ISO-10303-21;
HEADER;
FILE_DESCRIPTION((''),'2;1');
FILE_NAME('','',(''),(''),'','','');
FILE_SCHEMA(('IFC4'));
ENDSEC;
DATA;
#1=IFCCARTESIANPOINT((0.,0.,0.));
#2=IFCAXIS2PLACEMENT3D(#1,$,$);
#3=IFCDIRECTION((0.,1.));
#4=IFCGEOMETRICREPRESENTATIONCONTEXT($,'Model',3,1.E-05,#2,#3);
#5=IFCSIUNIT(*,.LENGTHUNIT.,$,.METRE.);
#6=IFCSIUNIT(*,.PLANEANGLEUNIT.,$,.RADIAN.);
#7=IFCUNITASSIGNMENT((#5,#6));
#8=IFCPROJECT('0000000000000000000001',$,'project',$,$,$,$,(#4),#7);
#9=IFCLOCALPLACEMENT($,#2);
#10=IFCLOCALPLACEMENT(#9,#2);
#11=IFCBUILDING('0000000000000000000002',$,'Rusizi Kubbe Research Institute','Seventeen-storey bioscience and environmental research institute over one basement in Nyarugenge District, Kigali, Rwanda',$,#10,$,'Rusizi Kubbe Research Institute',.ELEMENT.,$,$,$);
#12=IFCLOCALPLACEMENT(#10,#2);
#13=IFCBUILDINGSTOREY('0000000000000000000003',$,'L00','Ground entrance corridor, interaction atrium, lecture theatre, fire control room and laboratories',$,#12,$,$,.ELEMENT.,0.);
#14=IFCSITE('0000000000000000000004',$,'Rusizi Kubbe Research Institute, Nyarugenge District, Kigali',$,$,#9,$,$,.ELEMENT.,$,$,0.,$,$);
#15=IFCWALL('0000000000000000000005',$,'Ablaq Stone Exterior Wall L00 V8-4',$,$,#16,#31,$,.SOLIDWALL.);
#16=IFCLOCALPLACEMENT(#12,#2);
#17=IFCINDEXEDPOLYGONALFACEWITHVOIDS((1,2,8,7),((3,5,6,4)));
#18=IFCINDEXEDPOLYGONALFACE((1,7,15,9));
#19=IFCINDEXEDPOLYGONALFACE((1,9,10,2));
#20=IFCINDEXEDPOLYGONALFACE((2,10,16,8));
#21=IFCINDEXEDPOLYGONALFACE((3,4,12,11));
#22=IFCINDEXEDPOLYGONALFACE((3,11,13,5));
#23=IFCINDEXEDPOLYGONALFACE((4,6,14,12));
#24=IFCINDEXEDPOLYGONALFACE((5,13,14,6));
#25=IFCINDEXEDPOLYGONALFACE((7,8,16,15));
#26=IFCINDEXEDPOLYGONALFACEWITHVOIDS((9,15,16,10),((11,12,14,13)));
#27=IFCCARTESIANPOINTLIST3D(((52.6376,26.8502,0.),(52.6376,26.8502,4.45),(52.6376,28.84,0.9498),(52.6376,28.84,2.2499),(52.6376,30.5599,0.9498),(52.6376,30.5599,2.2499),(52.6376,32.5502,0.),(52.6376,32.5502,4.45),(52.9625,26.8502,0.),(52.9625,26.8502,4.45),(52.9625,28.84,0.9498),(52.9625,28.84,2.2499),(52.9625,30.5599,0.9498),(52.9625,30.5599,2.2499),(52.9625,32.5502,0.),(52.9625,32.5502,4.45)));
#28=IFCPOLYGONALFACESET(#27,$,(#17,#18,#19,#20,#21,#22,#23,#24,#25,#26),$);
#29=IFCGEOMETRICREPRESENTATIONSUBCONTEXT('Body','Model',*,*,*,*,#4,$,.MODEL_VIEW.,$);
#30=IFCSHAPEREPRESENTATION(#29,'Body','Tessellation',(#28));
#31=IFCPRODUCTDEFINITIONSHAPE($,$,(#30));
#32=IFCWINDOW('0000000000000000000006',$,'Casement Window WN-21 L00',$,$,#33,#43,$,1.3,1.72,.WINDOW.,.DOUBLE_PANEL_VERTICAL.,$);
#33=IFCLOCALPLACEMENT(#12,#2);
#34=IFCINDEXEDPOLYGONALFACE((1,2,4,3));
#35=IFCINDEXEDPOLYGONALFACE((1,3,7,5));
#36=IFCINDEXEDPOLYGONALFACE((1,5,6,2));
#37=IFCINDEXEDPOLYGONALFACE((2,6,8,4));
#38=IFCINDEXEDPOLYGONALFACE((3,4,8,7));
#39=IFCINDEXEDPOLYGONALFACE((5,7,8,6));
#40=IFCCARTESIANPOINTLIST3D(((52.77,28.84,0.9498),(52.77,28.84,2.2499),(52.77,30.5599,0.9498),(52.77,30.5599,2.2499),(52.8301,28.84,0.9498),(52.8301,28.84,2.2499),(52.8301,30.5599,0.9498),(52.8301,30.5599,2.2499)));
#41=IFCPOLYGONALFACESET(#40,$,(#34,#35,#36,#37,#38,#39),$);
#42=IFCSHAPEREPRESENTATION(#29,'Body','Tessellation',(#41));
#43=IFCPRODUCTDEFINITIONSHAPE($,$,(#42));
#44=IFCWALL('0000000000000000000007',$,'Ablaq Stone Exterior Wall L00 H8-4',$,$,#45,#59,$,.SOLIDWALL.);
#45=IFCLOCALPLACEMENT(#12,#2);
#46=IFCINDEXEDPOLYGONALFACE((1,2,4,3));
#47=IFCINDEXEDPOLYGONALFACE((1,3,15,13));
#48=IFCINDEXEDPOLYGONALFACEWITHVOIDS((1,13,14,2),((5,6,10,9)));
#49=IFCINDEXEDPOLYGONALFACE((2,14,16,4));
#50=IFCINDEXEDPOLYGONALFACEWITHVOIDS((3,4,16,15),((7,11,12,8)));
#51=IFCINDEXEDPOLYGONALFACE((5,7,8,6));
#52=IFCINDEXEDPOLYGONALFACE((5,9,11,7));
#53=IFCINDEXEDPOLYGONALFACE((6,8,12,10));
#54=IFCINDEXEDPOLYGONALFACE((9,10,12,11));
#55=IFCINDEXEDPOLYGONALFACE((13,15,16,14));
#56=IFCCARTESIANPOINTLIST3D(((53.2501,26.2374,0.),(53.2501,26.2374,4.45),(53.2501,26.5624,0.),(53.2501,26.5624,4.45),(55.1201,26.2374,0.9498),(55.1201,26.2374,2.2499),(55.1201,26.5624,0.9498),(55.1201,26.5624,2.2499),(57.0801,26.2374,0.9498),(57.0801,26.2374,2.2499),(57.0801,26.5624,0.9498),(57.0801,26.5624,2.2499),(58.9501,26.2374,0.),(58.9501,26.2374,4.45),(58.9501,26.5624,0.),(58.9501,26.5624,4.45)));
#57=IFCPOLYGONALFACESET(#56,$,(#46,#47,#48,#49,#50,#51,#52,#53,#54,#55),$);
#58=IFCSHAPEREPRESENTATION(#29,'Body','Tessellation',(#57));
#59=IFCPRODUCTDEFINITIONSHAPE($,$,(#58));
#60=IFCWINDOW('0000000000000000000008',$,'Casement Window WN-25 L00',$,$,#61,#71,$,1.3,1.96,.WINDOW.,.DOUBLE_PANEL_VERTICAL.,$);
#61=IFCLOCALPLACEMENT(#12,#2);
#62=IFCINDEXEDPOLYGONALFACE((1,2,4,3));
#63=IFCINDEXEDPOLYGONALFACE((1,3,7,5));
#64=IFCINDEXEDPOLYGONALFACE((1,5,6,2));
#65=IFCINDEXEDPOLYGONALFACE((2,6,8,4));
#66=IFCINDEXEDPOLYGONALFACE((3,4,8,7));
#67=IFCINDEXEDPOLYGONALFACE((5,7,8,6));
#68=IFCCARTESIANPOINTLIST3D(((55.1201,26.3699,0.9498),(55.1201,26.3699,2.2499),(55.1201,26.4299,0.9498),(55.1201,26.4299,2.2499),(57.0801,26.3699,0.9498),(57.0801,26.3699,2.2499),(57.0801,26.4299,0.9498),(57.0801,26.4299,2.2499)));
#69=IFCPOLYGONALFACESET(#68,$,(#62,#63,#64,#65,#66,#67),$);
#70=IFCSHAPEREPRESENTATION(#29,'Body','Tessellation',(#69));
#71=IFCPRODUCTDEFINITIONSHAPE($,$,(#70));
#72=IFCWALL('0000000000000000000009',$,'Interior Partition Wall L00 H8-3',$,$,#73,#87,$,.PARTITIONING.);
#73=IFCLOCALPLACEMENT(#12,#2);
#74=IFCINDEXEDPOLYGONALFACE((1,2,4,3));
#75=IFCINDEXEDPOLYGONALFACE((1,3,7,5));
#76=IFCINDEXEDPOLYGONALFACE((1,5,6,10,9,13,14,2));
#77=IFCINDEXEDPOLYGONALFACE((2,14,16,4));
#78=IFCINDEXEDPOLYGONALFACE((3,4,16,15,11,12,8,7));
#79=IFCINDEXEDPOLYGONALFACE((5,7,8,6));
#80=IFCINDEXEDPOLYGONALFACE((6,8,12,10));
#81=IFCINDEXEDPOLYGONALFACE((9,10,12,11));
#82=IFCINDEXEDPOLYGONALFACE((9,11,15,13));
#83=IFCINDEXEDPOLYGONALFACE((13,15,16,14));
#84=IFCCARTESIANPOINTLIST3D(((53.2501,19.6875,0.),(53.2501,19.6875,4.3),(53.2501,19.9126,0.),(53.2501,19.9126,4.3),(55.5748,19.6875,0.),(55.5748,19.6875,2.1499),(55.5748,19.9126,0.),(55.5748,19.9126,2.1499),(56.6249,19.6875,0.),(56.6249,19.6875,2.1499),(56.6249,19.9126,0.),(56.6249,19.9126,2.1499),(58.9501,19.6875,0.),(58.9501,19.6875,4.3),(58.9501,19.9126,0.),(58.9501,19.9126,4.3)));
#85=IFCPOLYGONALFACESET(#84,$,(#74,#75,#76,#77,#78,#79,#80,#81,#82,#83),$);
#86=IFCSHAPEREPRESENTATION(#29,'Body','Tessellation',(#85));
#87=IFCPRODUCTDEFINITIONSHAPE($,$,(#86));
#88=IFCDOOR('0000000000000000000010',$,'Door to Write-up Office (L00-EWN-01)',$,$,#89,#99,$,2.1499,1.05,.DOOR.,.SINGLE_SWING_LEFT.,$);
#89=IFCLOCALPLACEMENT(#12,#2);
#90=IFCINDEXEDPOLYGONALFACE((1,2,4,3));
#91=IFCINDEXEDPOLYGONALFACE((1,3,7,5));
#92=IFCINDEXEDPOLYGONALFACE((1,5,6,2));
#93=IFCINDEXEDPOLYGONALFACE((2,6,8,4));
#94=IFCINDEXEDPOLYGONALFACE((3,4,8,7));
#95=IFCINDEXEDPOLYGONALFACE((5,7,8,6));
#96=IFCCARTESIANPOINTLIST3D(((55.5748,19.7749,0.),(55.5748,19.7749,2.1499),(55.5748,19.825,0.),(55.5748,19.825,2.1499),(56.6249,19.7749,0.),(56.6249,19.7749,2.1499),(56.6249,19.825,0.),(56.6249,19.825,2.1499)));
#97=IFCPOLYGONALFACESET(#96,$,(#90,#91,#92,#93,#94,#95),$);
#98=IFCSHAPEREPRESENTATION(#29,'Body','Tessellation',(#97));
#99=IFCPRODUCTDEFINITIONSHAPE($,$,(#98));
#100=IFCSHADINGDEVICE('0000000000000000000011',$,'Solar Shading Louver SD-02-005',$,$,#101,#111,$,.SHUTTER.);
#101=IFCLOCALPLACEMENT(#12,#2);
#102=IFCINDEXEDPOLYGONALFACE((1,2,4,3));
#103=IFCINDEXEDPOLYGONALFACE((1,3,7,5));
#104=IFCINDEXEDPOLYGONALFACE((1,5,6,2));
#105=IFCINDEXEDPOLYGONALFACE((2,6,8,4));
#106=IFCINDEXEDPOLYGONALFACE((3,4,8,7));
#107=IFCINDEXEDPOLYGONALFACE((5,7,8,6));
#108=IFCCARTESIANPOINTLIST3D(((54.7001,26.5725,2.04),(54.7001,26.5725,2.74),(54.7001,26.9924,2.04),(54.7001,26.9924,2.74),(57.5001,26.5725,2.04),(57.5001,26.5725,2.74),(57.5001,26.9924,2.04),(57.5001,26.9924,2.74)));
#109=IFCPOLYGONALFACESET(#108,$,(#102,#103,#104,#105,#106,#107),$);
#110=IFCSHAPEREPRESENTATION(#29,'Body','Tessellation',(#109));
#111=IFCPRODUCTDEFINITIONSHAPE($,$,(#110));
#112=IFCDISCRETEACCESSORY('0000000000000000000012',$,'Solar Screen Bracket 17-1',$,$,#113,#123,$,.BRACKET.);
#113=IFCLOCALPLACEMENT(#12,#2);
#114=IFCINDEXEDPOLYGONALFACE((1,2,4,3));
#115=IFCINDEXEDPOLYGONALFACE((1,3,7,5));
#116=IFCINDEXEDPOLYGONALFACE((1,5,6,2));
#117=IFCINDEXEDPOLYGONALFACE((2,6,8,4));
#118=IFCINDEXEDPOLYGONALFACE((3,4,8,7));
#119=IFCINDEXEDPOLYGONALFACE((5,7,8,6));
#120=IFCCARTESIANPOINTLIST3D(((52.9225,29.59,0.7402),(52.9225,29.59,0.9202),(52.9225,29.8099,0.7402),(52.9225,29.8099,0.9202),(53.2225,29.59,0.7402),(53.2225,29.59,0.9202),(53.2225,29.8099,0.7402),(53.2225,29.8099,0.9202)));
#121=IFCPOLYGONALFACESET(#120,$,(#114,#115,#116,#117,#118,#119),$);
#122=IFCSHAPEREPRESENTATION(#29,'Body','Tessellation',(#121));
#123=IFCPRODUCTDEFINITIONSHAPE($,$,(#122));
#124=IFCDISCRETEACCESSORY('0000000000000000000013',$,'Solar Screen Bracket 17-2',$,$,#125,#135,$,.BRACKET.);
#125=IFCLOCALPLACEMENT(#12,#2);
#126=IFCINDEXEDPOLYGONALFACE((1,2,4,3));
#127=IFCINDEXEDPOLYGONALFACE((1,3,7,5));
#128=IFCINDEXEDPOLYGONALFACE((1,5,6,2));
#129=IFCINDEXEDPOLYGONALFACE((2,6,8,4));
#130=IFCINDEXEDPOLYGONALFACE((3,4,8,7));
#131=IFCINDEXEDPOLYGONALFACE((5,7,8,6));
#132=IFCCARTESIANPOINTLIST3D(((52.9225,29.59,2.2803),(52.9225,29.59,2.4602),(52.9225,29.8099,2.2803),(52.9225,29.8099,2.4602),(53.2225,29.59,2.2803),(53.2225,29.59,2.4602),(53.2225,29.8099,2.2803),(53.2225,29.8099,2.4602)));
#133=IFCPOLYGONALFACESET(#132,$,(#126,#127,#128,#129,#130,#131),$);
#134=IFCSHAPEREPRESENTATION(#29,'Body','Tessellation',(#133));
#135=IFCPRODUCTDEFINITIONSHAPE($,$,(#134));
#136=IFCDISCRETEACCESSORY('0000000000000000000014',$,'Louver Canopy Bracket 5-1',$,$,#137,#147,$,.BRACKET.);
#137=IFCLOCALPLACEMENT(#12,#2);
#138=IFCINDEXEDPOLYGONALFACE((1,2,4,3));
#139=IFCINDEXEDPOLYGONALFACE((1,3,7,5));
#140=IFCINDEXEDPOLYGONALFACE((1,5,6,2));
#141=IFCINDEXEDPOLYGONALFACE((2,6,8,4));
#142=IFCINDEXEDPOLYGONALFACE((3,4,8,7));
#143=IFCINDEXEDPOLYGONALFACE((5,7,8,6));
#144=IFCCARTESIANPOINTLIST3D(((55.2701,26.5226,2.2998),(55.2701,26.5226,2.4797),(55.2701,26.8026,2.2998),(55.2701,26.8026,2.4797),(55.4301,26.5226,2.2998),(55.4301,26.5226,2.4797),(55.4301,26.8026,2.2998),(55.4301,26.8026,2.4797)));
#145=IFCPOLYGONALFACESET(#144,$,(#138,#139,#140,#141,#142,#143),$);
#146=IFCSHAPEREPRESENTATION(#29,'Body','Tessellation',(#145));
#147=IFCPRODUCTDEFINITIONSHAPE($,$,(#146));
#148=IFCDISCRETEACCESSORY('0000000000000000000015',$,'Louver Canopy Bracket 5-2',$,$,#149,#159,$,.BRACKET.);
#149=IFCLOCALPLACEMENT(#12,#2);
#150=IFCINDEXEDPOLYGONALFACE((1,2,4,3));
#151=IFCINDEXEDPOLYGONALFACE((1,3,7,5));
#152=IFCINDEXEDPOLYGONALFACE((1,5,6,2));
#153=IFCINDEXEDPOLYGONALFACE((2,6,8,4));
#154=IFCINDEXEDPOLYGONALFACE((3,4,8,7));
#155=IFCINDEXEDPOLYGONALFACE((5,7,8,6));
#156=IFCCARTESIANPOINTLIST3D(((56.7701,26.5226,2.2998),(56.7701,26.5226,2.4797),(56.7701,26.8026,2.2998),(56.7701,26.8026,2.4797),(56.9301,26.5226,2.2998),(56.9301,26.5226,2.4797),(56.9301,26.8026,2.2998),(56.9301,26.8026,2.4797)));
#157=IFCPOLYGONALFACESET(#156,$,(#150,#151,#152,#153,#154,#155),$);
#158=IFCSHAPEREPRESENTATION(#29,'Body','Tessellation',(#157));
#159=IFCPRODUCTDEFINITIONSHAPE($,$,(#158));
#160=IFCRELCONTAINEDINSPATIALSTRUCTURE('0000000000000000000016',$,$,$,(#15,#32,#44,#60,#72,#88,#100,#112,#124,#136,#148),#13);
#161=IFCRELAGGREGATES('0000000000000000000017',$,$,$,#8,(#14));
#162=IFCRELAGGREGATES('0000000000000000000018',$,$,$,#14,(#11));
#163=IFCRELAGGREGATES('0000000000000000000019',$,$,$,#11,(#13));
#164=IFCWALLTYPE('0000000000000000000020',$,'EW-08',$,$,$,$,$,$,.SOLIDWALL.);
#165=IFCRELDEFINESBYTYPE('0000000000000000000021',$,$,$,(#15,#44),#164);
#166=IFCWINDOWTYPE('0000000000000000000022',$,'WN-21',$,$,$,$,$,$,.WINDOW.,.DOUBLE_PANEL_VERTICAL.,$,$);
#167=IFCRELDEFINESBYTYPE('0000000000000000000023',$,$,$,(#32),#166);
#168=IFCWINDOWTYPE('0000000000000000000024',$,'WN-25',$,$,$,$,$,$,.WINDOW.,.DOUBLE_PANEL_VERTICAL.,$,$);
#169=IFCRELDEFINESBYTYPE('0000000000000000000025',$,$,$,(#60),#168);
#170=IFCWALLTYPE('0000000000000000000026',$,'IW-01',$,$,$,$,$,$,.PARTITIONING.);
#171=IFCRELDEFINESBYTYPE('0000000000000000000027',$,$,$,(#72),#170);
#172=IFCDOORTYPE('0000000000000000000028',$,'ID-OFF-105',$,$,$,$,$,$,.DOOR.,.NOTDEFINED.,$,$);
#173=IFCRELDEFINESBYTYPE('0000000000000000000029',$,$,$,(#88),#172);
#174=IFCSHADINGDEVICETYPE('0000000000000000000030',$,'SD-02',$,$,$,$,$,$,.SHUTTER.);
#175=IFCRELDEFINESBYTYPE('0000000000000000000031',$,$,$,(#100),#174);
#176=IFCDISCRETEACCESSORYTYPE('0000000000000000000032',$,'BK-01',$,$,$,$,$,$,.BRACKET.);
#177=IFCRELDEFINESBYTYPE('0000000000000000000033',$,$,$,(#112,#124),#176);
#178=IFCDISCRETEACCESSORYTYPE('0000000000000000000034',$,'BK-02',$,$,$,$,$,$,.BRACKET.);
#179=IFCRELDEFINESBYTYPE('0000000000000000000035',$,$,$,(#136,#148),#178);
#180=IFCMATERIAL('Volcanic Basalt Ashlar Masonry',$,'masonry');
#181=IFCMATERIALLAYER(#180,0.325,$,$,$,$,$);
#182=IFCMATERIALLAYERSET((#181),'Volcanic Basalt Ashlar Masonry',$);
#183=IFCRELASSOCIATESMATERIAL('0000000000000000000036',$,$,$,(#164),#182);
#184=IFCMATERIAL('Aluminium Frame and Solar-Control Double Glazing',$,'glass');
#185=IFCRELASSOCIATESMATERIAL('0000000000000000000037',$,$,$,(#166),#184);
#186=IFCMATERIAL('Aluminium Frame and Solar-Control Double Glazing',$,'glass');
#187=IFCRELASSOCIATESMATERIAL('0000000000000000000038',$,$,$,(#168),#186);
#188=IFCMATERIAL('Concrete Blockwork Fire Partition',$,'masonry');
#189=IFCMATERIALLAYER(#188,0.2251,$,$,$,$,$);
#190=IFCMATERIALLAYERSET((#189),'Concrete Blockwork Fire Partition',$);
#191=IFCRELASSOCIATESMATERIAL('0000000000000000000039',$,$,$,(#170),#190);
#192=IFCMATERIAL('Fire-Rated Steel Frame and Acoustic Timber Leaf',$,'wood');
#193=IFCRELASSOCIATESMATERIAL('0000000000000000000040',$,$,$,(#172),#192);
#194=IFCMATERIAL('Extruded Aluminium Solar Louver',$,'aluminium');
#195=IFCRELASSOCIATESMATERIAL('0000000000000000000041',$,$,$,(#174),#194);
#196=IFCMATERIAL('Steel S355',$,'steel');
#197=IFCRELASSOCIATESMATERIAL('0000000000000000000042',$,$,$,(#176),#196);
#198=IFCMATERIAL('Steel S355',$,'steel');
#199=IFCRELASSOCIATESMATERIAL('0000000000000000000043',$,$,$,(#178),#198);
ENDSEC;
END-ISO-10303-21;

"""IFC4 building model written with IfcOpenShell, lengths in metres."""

from ifc_helpers import new_model, si_unit, direction, frame, frame_2d, origin, origin_2d, place, context, subcontext, project, spatial, rectangle, extrude, material, layer, layer_set, type_object, element, fill, save


model = new_model("IFC4")

# Units and contexts
model_context = context("Model", 3, precision=1e-05, world=origin(), true_north=direction((0.0, 1.0)))
body_context = subcontext(model_context, "Body", "Model", "MODEL_VIEW")
ifc_project = project(units=[si_unit("LENGTHUNIT", "METRE"), si_unit("PLANEANGLEUNIT", "RADIAN")], contexts=[model_context])

# Site, building, storey
site_placement = place(None, origin())
site = spatial("IfcSite", under=ifc_project, at=site_placement, Name="Rusizi Kubbe Research Institute, Nyarugenge District, Kigali", CompositionType="ELEMENT", RefElevation=0.0)
building_placement = place(site_placement, origin())
building = spatial("IfcBuilding", under=site, at=building_placement, Name="Rusizi Kubbe Research Institute", Description="Seventeen-storey bioscience and environmental research institute over one basement in Nyarugenge District, Kigali, Rwanda", LongName="Rusizi Kubbe Research Institute", CompositionType="ELEMENT")
storey_placement = place(building_placement, origin())
storey = spatial("IfcBuildingStorey", under=building, at=storey_placement, Name="L00", Description="Ground entrance corridor, interaction atrium, lecture theatre, fire control room and laboratories", CompositionType="ELEMENT", Elevation=0.0)

# Walls, openings, windows
ifc_material_1 = material(Name="Volcanic Basalt Ashlar Masonry", Category="masonry")
ifc_layer_1 = layer(ifc_material_1, 0.325)
ifc_layer_set_1 = layer_set([ifc_layer_1], Name="Volcanic Basalt Ashlar Masonry")
wall_type_1 = type_object("IfcWallType", Name="EW-08", PredefinedType="SOLIDWALL", material=ifc_layer_set_1)
wall_1_placement = place(storey_placement, frame((52.8, 26.8501, 0.0), z_axis=(0.0, 0.0, 1.0), x_axis=(0.0, 1.0, 0.0)))
wall_1 = element("IfcWall", 1, at=wall_1_placement, inside=storey, type_object=wall_type_1, Name="Ablaq Stone Exterior Wall L00 V8-4", PredefinedType="SOLIDWALL", context=body_context, shape_type="SweptSolid", body=[
    extrude(rectangle(XDim=5.7, YDim=0.325, at=frame_2d((2.8501, 0.0))), origin(), (0.0, 0.0, 1.0), 4.45),
])
opening_1_placement = place(wall_1_placement, frame((1.99, 0.0, 0.95)))
opening_1 = element("IfcOpeningElement", 2, at=opening_1_placement, cuts=wall_1, PredefinedType="OPENING", context=body_context, shape_type="SweptSolid", body=[
    extrude(rectangle(XDim=1.72, YDim=1.3, at=frame_2d((0.8599, 0.6499))), frame((0.0, 0.1724, 0.0), z_axis=(0.0, -1.0, 0.0), x_axis=(1.0, 0.0, 0.0)), (0.0, 0.0, 1.0), 0.345),
])
ifc_material_2 = material(Name="Aluminium Frame and Solar-Control Double Glazing", Category="glass")
window_type_1 = type_object("IfcWindowType", Name="WN-21", PartitioningType="DOUBLE_PANEL_VERTICAL", PredefinedType="WINDOW", material=ifc_material_2)
window_1_placement = place(opening_1_placement, origin())
window_1 = element("IfcWindow", 3, at=window_1_placement, inside=storey, type_object=window_type_1, Name="Casement Window WN-21 L00", OverallHeight=1.3, OverallWidth=1.72, PartitioningType="DOUBLE_PANEL_VERTICAL", PredefinedType="WINDOW", context=body_context, shape_type="SweptSolid", body=[
    extrude(rectangle(XDim=1.72, YDim=1.3, at=frame_2d((0.8599, 0.6499))), frame((0.0, 0.03, 0.0), z_axis=(0.0, -1.0, 0.0), x_axis=(1.0, 0.0, 0.0)), (0.0, 0.0, 1.0), 0.0601),
])
fill(opening_1, window_1)
wall_2_placement = place(storey_placement, frame((53.25, 26.3999, 0.0), z_axis=(0.0, 0.0, 1.0), x_axis=(1.0, 0.0, 0.0)))
wall_2 = element("IfcWall", 4, at=wall_2_placement, inside=storey, type_object=wall_type_1, Name="Ablaq Stone Exterior Wall L00 H8-4", PredefinedType="SOLIDWALL", context=body_context, shape_type="SweptSolid", body=[
    extrude(rectangle(XDim=5.7, YDim=0.325, at=frame_2d((2.8501, 0.0))), origin(), (0.0, 0.0, 1.0), 4.45),
])
opening_2_placement = place(wall_2_placement, frame((1.8701, 0.0, 0.95)))
opening_2 = element("IfcOpeningElement", 5, at=opening_2_placement, cuts=wall_2, PredefinedType="OPENING", context=body_context, shape_type="SweptSolid", body=[
    extrude(rectangle(XDim=1.96, YDim=1.3, at=frame_2d((0.98, 0.6499))), frame((0.0, 0.1724, 0.0), z_axis=(0.0, -1.0, 0.0), x_axis=(1.0, 0.0, 0.0)), (0.0, 0.0, 1.0), 0.345),
])
ifc_material_3 = material(Name="Aluminium Frame and Solar-Control Double Glazing", Category="glass")
window_type_2 = type_object("IfcWindowType", Name="WN-25", PartitioningType="DOUBLE_PANEL_VERTICAL", PredefinedType="WINDOW", material=ifc_material_3)
window_2_placement = place(opening_2_placement, origin())
window_2 = element("IfcWindow", 6, at=window_2_placement, inside=storey, type_object=window_type_2, Name="Casement Window WN-25 L00", OverallHeight=1.3, OverallWidth=1.96, PartitioningType="DOUBLE_PANEL_VERTICAL", PredefinedType="WINDOW", context=body_context, shape_type="SweptSolid", body=[
    extrude(rectangle(XDim=1.96, YDim=1.3, at=frame_2d((0.98, 0.6499))), frame((0.0, 0.03, 0.0), z_axis=(0.0, -1.0, 0.0), x_axis=(1.0, 0.0, 0.0)), (0.0, 0.0, 1.0), 0.0601),
])
fill(opening_2, window_2)

# Wall, opening, door
ifc_material_4 = material(Name="Concrete Blockwork Fire Partition", Category="masonry")
ifc_layer_2 = layer(ifc_material_4, 0.2251)
ifc_layer_set_2 = layer_set([ifc_layer_2], Name="Concrete Blockwork Fire Partition")
wall_type_2 = type_object("IfcWallType", Name="IW-01", PredefinedType="PARTITIONING", material=ifc_layer_set_2)
wall_3_placement = place(storey_placement, frame((53.25, 19.8, 0.0), z_axis=(0.0, 0.0, 1.0), x_axis=(1.0, 0.0, 0.0)))
wall_3 = element("IfcWall", 7, at=wall_3_placement, inside=storey, type_object=wall_type_2, Name="Interior Partition Wall L00 H8-3", PredefinedType="PARTITIONING", context=body_context, shape_type="SweptSolid", body=[
    extrude(rectangle(XDim=5.7, YDim=0.2251, at=frame_2d((2.8501, 0.0))), origin(), (0.0, 0.0, 1.0), 4.3),
])
opening_3_placement = place(wall_3_placement, frame((2.325, 0.0, 0.0)))
opening_3 = element("IfcOpeningElement", 8, at=opening_3_placement, cuts=wall_3, PredefinedType="OPENING", context=body_context, shape_type="SweptSolid", body=[
    extrude(rectangle(XDim=1.05, YDim=2.1499, at=frame_2d((0.5249, 1.075))), frame((0.0, 0.1226, 0.0), z_axis=(0.0, -1.0, 0.0), x_axis=(1.0, 0.0, 0.0)), (0.0, 0.0, 1.0), 0.2451),
])
ifc_material_5 = material(Name="Fire-Rated Steel Frame and Acoustic Timber Leaf", Category="wood")
door_type = type_object("IfcDoorType", Name="ID-OFF-105", OperationType="NOTDEFINED", PredefinedType="DOOR", material=ifc_material_5)
door_placement = place(opening_3_placement, origin())
door = element("IfcDoor", 9, at=door_placement, inside=storey, type_object=door_type, Name="Door to Write-up Office (L00-EWN-01)", OperationType="SINGLE_SWING_LEFT", OverallHeight=2.1499, OverallWidth=1.05, PredefinedType="DOOR", context=body_context, shape_type="SweptSolid", body=[
    extrude(rectangle(XDim=1.05, YDim=2.1499, at=frame_2d((0.5249, 1.075))), frame((0.0, 0.0249, 0.0), z_axis=(0.0, -1.0, 0.0), x_axis=(1.0, 0.0, 0.0)), (0.0, 0.0, 1.0), 0.05),
])
fill(opening_3, door)

# Shading device
ifc_material_6 = material(Name="Extruded Aluminium Solar Louver", Category="aluminium")
shading_device_type = type_object("IfcShadingDeviceType", Name="SD-02", PredefinedType="SHUTTER", material=ifc_material_6)
shading_device_placement = place(storey_placement, frame((56.1001, 26.7825, 2.04), z_axis=(0.0, 0.0, 1.0), x_axis=(1.0, 0.0, 0.0)))
element("IfcShadingDevice", 10, at=shading_device_placement, inside=storey, type_object=shading_device_type, Name="Solar Shading Louver SD-02-005", PredefinedType="SHUTTER", context=body_context, shape_type="SweptSolid", body=[
    extrude(rectangle(XDim=2.8, YDim=0.4199, at=origin_2d()), origin(), (0.0, 0.0, 1.0), 0.7),
])

# Discrete accessories
ifc_material_7 = material(Name="Steel S355", Category="steel")
discrete_accessory_type_1 = type_object("IfcDiscreteAccessoryType", Name="BK-01", PredefinedType="BRACKET", material=ifc_material_7)
for number, where, z_axis, x_axis, name in (
    (11, (53.0725, 29.7, 0.7402), (0.0, 0.0, 1.0), (1.0, 0.0, 0.0), "Solar Screen Bracket 17-1"),
    (12, (53.0725, 29.7, 2.2803), (0.0, 0.0, 1.0), (1.0, 0.0, 0.0), "Solar Screen Bracket 17-2"),
):
    element("IfcDiscreteAccessory", number, at=place(storey_placement, frame(where, z_axis=z_axis, x_axis=x_axis)), inside=storey, type_object=discrete_accessory_type_1, Name=name, PredefinedType="BRACKET", context=body_context, shape_type="SweptSolid", body=[
        extrude(rectangle(XDim=0.3, YDim=0.22, at=origin_2d()), origin(), (0.0, 0.0, 1.0), 0.1799),
    ])
ifc_material_8 = material(Name="Steel S355", Category="steel")
discrete_accessory_type_2 = type_object("IfcDiscreteAccessoryType", Name="BK-02", PredefinedType="BRACKET", material=ifc_material_8)
for number, where, z_axis, x_axis, name in (
    (13, (55.3501, 26.6626, 2.2998), (0.0, 0.0, 1.0), (1.0, 0.0, 0.0), "Louver Canopy Bracket 5-1"),
    (14, (56.8501, 26.6626, 2.2998), (0.0, 0.0, 1.0), (1.0, 0.0, 0.0), "Louver Canopy Bracket 5-2"),
):
    element("IfcDiscreteAccessory", number, at=place(storey_placement, frame(where, z_axis=z_axis, x_axis=x_axis)), inside=storey, type_object=discrete_accessory_type_2, Name=name, PredefinedType="BRACKET", context=body_context, shape_type="SweptSolid", body=[
        extrude(rectangle(XDim=0.1599, YDim=0.28, at=origin_2d()), origin(), (0.0, 0.0, 1.0), 0.1799),
    ])

save(model, "model.ifc")
